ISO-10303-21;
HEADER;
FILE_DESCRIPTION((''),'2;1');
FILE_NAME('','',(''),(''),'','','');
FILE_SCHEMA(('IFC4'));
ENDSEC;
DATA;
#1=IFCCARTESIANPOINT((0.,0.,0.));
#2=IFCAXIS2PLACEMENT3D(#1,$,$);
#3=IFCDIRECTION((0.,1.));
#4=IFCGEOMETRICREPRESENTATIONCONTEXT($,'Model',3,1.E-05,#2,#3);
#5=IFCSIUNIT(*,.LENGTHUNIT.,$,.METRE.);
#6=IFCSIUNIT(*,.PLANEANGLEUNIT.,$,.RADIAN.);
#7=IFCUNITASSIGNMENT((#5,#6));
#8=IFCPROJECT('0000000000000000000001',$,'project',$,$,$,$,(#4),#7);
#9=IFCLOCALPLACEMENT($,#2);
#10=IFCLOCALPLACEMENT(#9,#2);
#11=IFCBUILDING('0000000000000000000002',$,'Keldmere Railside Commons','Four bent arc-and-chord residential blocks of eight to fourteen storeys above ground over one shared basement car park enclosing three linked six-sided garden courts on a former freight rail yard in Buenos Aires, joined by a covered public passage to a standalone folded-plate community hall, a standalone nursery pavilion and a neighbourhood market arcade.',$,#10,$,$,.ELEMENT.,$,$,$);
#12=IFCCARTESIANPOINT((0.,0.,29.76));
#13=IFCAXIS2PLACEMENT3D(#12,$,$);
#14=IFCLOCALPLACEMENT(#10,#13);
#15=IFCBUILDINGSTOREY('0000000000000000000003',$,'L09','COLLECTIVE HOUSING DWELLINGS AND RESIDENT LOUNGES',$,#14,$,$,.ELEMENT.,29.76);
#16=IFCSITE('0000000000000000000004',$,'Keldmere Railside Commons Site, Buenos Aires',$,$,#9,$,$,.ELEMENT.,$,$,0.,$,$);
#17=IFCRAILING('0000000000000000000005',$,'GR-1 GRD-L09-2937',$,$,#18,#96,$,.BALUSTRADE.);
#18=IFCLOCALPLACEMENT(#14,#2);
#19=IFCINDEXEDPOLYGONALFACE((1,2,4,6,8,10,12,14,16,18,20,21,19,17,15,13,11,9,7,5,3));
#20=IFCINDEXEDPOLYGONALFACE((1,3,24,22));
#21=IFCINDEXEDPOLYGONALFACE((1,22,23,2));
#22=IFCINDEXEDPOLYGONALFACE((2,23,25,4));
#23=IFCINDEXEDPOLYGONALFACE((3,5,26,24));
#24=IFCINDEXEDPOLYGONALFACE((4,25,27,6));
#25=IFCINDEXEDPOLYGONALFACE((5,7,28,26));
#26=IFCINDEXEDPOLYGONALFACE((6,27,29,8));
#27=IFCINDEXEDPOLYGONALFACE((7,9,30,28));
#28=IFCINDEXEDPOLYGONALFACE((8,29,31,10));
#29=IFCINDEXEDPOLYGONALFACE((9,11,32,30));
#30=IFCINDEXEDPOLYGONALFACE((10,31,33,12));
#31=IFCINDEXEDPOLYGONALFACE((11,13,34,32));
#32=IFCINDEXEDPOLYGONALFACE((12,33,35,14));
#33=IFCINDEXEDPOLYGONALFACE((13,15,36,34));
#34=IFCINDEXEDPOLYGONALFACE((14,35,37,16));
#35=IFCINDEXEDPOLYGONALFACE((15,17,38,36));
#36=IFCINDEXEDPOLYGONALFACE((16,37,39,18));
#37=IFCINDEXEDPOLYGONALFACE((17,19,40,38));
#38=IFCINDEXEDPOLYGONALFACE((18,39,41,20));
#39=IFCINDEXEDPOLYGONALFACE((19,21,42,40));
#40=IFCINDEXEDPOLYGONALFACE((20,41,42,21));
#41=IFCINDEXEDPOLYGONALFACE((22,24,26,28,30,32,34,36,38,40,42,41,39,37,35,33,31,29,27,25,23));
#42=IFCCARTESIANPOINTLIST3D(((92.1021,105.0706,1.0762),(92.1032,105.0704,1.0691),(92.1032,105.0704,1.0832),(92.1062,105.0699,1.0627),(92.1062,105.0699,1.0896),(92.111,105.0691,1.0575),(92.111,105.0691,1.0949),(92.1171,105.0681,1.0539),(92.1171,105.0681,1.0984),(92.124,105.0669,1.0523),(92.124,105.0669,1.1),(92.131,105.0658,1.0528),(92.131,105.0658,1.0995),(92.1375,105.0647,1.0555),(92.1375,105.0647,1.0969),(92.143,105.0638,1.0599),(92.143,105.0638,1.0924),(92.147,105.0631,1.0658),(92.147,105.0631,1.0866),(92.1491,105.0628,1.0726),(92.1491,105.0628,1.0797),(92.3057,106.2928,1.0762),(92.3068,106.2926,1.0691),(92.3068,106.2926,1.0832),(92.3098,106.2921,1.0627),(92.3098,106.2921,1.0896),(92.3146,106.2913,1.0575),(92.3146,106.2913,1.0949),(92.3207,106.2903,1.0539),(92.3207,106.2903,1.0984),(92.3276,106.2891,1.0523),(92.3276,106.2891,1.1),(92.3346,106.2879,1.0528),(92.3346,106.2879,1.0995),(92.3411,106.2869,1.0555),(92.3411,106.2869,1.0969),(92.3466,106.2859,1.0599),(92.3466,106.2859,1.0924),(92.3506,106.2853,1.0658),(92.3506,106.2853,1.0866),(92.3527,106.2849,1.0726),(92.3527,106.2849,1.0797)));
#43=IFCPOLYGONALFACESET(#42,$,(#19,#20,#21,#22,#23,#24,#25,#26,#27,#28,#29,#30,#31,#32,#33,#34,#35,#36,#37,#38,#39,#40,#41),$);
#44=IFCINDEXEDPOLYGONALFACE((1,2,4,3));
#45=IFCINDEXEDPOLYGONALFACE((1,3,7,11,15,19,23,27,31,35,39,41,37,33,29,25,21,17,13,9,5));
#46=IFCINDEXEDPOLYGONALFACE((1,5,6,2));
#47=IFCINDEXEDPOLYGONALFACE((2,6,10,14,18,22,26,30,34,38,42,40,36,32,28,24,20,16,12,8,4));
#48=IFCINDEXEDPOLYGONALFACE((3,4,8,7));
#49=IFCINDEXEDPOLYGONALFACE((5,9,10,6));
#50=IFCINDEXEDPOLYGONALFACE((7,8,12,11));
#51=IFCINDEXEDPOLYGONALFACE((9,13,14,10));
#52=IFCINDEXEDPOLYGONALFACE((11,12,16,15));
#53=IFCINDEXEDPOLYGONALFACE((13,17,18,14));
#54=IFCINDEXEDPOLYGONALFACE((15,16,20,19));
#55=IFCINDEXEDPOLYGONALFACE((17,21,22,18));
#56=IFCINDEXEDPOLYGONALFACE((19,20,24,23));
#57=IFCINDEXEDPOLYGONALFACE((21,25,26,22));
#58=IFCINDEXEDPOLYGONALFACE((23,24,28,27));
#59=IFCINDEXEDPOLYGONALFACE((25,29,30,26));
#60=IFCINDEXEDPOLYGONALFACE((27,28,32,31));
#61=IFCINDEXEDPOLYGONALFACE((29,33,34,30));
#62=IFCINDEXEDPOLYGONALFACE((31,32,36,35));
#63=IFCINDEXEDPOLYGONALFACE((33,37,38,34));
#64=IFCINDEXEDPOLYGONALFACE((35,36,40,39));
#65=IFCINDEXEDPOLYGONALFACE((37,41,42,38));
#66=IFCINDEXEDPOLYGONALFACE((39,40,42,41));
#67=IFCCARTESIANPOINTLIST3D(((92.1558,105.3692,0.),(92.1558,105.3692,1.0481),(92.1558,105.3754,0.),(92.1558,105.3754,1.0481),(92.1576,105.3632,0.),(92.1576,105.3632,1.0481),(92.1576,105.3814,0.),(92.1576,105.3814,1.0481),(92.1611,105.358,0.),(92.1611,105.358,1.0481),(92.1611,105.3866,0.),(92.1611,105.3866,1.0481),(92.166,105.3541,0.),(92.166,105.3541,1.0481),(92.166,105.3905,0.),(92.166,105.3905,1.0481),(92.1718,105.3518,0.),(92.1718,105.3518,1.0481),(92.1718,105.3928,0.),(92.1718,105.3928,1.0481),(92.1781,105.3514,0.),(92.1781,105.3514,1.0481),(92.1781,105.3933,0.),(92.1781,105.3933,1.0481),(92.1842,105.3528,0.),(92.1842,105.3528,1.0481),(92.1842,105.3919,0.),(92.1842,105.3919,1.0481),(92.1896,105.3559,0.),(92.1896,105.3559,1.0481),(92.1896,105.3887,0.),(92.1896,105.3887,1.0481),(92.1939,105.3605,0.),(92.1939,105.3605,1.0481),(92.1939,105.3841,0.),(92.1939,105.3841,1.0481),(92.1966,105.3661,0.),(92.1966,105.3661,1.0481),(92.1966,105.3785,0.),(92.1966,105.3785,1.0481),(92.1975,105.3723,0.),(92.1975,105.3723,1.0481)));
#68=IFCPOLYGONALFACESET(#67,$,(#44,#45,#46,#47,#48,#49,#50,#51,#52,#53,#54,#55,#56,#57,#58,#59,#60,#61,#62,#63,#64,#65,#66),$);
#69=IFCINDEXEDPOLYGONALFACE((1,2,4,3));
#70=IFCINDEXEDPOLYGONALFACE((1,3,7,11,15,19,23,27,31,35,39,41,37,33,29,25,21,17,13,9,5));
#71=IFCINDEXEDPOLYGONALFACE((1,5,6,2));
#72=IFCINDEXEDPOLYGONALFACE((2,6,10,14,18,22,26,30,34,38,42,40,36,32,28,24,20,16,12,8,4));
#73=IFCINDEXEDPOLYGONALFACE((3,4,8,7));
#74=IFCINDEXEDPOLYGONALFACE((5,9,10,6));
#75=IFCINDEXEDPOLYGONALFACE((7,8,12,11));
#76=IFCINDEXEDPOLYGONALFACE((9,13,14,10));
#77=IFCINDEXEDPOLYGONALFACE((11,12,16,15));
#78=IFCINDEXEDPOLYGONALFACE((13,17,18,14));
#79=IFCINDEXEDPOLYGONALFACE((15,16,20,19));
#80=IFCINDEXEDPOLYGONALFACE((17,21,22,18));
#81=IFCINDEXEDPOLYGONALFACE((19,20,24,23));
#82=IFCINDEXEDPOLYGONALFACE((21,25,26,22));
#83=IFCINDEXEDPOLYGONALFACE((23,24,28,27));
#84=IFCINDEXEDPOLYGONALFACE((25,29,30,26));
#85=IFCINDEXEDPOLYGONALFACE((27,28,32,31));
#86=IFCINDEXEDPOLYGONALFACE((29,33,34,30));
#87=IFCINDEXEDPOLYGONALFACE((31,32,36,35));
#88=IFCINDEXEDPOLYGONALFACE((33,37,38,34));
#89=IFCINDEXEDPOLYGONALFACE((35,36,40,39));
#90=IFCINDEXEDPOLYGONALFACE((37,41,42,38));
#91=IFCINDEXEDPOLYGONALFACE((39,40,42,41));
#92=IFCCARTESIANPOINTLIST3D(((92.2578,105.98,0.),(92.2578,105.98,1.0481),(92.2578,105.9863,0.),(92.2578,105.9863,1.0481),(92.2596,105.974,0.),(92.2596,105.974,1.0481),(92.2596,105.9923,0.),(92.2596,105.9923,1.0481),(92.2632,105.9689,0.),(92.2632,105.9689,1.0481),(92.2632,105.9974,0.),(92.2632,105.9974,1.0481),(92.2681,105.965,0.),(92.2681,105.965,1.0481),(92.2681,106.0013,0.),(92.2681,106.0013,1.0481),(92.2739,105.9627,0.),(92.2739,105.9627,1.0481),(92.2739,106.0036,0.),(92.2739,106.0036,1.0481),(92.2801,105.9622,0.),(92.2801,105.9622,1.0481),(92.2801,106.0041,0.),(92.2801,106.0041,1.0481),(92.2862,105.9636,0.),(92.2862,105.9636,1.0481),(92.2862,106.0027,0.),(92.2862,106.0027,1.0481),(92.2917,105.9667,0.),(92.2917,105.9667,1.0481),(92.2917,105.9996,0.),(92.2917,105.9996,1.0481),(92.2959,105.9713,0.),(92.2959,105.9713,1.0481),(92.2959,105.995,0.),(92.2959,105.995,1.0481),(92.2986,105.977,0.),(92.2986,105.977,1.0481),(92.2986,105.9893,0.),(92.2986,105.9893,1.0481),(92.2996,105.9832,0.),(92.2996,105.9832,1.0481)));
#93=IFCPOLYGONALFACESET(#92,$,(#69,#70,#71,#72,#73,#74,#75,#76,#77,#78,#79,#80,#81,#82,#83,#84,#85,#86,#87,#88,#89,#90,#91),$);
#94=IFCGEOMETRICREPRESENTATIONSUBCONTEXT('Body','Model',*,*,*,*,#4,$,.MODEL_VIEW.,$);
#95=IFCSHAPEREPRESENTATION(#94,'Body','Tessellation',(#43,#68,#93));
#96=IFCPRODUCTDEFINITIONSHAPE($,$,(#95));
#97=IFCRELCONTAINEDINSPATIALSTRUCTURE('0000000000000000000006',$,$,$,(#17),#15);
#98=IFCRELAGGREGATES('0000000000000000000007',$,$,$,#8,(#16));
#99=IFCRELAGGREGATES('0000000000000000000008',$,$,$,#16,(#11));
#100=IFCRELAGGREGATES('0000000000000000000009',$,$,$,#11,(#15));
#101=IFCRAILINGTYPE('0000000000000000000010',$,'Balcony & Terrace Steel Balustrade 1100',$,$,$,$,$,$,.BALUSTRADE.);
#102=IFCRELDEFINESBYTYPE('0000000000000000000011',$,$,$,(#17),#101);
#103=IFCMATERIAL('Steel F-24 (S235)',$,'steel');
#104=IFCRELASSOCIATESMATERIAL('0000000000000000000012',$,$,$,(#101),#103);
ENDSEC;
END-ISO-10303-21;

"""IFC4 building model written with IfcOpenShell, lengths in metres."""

from ifc_helpers import new_model, si_unit, direction, frame, origin, origin_2d, place, context, subcontext, project, spatial, circle, extrude, material, type_object, element, save


model = new_model("IFC4")

# Units and contexts
model_context = context("Model", 3, precision=1e-05, world=origin(), true_north=direction((0.0, 1.0)))
body_context = subcontext(model_context, "Body", "Model", "MODEL_VIEW")
ifc_project = project(units=[si_unit("LENGTHUNIT", "METRE"), si_unit("PLANEANGLEUNIT", "RADIAN")], contexts=[model_context])

# Site, building, storey
site_placement = place(None, origin())
site = spatial("IfcSite", under=ifc_project, at=site_placement, Name="Keldmere Railside Commons Site, Buenos Aires", CompositionType="ELEMENT", RefElevation=0.0)
building_placement = place(site_placement, origin())
building = spatial("IfcBuilding", under=site, at=building_placement, Name="Keldmere Railside Commons", Description="Four bent arc-and-chord residential blocks of eight to fourteen storeys above ground over one shared basement car park enclosing three linked six-sided garden courts on a former freight rail yard in Buenos Aires, joined by a covered public passage to a standalone folded-plate community hall, a standalone nursery pavilion and a neighbourhood market arcade.", CompositionType="ELEMENT")
storey_placement = place(building_placement, frame((0.0, 0.0, 29.76)))
storey = spatial("IfcBuildingStorey", under=building, at=storey_placement, Name="L09", Description="COLLECTIVE HOUSING DWELLINGS AND RESIDENT LOUNGES", CompositionType="ELEMENT", Elevation=29.76)

# Railing
ifc_material_1 = material(Name="Steel F-24 (S235)", Category="steel")
railing_type = type_object("IfcRailingType", Name="Balcony & Terrace Steel Balustrade 1100", PredefinedType="BALUSTRADE", material=ifc_material_1)
railing_1_placement = place(storey_placement, frame((92.1257, 105.0667, 0.0)))
element("IfcRailing", 1, at=railing_1_placement, inside=storey, type_object=railing_type, Name="GR-1 GRD-L09-2937", PredefinedType="BALUSTRADE", context=body_context, shape_type="SweptSolid", body=[
    extrude(circle(Radius=0.0239, at=origin_2d()), frame((0.0, 0.0, 1.0762), z_axis=(0.164335, 0.986405, 0.0), x_axis=(-0.986405, 0.164335, 0.0)), (0.0, 0.0, 1.0), 1.239),
    extrude(circle(Radius=0.021, at=origin_2d()), frame((0.0508, 0.3057, 0.0)), (0.0, 0.0, 1.0), 1.0481),
    extrude(circle(Radius=0.021, at=origin_2d()), frame((0.1528, 0.9165, 0.0)), (0.0, 0.0, 1.0), 1.0481),
])

save(model, "model.ifc")
